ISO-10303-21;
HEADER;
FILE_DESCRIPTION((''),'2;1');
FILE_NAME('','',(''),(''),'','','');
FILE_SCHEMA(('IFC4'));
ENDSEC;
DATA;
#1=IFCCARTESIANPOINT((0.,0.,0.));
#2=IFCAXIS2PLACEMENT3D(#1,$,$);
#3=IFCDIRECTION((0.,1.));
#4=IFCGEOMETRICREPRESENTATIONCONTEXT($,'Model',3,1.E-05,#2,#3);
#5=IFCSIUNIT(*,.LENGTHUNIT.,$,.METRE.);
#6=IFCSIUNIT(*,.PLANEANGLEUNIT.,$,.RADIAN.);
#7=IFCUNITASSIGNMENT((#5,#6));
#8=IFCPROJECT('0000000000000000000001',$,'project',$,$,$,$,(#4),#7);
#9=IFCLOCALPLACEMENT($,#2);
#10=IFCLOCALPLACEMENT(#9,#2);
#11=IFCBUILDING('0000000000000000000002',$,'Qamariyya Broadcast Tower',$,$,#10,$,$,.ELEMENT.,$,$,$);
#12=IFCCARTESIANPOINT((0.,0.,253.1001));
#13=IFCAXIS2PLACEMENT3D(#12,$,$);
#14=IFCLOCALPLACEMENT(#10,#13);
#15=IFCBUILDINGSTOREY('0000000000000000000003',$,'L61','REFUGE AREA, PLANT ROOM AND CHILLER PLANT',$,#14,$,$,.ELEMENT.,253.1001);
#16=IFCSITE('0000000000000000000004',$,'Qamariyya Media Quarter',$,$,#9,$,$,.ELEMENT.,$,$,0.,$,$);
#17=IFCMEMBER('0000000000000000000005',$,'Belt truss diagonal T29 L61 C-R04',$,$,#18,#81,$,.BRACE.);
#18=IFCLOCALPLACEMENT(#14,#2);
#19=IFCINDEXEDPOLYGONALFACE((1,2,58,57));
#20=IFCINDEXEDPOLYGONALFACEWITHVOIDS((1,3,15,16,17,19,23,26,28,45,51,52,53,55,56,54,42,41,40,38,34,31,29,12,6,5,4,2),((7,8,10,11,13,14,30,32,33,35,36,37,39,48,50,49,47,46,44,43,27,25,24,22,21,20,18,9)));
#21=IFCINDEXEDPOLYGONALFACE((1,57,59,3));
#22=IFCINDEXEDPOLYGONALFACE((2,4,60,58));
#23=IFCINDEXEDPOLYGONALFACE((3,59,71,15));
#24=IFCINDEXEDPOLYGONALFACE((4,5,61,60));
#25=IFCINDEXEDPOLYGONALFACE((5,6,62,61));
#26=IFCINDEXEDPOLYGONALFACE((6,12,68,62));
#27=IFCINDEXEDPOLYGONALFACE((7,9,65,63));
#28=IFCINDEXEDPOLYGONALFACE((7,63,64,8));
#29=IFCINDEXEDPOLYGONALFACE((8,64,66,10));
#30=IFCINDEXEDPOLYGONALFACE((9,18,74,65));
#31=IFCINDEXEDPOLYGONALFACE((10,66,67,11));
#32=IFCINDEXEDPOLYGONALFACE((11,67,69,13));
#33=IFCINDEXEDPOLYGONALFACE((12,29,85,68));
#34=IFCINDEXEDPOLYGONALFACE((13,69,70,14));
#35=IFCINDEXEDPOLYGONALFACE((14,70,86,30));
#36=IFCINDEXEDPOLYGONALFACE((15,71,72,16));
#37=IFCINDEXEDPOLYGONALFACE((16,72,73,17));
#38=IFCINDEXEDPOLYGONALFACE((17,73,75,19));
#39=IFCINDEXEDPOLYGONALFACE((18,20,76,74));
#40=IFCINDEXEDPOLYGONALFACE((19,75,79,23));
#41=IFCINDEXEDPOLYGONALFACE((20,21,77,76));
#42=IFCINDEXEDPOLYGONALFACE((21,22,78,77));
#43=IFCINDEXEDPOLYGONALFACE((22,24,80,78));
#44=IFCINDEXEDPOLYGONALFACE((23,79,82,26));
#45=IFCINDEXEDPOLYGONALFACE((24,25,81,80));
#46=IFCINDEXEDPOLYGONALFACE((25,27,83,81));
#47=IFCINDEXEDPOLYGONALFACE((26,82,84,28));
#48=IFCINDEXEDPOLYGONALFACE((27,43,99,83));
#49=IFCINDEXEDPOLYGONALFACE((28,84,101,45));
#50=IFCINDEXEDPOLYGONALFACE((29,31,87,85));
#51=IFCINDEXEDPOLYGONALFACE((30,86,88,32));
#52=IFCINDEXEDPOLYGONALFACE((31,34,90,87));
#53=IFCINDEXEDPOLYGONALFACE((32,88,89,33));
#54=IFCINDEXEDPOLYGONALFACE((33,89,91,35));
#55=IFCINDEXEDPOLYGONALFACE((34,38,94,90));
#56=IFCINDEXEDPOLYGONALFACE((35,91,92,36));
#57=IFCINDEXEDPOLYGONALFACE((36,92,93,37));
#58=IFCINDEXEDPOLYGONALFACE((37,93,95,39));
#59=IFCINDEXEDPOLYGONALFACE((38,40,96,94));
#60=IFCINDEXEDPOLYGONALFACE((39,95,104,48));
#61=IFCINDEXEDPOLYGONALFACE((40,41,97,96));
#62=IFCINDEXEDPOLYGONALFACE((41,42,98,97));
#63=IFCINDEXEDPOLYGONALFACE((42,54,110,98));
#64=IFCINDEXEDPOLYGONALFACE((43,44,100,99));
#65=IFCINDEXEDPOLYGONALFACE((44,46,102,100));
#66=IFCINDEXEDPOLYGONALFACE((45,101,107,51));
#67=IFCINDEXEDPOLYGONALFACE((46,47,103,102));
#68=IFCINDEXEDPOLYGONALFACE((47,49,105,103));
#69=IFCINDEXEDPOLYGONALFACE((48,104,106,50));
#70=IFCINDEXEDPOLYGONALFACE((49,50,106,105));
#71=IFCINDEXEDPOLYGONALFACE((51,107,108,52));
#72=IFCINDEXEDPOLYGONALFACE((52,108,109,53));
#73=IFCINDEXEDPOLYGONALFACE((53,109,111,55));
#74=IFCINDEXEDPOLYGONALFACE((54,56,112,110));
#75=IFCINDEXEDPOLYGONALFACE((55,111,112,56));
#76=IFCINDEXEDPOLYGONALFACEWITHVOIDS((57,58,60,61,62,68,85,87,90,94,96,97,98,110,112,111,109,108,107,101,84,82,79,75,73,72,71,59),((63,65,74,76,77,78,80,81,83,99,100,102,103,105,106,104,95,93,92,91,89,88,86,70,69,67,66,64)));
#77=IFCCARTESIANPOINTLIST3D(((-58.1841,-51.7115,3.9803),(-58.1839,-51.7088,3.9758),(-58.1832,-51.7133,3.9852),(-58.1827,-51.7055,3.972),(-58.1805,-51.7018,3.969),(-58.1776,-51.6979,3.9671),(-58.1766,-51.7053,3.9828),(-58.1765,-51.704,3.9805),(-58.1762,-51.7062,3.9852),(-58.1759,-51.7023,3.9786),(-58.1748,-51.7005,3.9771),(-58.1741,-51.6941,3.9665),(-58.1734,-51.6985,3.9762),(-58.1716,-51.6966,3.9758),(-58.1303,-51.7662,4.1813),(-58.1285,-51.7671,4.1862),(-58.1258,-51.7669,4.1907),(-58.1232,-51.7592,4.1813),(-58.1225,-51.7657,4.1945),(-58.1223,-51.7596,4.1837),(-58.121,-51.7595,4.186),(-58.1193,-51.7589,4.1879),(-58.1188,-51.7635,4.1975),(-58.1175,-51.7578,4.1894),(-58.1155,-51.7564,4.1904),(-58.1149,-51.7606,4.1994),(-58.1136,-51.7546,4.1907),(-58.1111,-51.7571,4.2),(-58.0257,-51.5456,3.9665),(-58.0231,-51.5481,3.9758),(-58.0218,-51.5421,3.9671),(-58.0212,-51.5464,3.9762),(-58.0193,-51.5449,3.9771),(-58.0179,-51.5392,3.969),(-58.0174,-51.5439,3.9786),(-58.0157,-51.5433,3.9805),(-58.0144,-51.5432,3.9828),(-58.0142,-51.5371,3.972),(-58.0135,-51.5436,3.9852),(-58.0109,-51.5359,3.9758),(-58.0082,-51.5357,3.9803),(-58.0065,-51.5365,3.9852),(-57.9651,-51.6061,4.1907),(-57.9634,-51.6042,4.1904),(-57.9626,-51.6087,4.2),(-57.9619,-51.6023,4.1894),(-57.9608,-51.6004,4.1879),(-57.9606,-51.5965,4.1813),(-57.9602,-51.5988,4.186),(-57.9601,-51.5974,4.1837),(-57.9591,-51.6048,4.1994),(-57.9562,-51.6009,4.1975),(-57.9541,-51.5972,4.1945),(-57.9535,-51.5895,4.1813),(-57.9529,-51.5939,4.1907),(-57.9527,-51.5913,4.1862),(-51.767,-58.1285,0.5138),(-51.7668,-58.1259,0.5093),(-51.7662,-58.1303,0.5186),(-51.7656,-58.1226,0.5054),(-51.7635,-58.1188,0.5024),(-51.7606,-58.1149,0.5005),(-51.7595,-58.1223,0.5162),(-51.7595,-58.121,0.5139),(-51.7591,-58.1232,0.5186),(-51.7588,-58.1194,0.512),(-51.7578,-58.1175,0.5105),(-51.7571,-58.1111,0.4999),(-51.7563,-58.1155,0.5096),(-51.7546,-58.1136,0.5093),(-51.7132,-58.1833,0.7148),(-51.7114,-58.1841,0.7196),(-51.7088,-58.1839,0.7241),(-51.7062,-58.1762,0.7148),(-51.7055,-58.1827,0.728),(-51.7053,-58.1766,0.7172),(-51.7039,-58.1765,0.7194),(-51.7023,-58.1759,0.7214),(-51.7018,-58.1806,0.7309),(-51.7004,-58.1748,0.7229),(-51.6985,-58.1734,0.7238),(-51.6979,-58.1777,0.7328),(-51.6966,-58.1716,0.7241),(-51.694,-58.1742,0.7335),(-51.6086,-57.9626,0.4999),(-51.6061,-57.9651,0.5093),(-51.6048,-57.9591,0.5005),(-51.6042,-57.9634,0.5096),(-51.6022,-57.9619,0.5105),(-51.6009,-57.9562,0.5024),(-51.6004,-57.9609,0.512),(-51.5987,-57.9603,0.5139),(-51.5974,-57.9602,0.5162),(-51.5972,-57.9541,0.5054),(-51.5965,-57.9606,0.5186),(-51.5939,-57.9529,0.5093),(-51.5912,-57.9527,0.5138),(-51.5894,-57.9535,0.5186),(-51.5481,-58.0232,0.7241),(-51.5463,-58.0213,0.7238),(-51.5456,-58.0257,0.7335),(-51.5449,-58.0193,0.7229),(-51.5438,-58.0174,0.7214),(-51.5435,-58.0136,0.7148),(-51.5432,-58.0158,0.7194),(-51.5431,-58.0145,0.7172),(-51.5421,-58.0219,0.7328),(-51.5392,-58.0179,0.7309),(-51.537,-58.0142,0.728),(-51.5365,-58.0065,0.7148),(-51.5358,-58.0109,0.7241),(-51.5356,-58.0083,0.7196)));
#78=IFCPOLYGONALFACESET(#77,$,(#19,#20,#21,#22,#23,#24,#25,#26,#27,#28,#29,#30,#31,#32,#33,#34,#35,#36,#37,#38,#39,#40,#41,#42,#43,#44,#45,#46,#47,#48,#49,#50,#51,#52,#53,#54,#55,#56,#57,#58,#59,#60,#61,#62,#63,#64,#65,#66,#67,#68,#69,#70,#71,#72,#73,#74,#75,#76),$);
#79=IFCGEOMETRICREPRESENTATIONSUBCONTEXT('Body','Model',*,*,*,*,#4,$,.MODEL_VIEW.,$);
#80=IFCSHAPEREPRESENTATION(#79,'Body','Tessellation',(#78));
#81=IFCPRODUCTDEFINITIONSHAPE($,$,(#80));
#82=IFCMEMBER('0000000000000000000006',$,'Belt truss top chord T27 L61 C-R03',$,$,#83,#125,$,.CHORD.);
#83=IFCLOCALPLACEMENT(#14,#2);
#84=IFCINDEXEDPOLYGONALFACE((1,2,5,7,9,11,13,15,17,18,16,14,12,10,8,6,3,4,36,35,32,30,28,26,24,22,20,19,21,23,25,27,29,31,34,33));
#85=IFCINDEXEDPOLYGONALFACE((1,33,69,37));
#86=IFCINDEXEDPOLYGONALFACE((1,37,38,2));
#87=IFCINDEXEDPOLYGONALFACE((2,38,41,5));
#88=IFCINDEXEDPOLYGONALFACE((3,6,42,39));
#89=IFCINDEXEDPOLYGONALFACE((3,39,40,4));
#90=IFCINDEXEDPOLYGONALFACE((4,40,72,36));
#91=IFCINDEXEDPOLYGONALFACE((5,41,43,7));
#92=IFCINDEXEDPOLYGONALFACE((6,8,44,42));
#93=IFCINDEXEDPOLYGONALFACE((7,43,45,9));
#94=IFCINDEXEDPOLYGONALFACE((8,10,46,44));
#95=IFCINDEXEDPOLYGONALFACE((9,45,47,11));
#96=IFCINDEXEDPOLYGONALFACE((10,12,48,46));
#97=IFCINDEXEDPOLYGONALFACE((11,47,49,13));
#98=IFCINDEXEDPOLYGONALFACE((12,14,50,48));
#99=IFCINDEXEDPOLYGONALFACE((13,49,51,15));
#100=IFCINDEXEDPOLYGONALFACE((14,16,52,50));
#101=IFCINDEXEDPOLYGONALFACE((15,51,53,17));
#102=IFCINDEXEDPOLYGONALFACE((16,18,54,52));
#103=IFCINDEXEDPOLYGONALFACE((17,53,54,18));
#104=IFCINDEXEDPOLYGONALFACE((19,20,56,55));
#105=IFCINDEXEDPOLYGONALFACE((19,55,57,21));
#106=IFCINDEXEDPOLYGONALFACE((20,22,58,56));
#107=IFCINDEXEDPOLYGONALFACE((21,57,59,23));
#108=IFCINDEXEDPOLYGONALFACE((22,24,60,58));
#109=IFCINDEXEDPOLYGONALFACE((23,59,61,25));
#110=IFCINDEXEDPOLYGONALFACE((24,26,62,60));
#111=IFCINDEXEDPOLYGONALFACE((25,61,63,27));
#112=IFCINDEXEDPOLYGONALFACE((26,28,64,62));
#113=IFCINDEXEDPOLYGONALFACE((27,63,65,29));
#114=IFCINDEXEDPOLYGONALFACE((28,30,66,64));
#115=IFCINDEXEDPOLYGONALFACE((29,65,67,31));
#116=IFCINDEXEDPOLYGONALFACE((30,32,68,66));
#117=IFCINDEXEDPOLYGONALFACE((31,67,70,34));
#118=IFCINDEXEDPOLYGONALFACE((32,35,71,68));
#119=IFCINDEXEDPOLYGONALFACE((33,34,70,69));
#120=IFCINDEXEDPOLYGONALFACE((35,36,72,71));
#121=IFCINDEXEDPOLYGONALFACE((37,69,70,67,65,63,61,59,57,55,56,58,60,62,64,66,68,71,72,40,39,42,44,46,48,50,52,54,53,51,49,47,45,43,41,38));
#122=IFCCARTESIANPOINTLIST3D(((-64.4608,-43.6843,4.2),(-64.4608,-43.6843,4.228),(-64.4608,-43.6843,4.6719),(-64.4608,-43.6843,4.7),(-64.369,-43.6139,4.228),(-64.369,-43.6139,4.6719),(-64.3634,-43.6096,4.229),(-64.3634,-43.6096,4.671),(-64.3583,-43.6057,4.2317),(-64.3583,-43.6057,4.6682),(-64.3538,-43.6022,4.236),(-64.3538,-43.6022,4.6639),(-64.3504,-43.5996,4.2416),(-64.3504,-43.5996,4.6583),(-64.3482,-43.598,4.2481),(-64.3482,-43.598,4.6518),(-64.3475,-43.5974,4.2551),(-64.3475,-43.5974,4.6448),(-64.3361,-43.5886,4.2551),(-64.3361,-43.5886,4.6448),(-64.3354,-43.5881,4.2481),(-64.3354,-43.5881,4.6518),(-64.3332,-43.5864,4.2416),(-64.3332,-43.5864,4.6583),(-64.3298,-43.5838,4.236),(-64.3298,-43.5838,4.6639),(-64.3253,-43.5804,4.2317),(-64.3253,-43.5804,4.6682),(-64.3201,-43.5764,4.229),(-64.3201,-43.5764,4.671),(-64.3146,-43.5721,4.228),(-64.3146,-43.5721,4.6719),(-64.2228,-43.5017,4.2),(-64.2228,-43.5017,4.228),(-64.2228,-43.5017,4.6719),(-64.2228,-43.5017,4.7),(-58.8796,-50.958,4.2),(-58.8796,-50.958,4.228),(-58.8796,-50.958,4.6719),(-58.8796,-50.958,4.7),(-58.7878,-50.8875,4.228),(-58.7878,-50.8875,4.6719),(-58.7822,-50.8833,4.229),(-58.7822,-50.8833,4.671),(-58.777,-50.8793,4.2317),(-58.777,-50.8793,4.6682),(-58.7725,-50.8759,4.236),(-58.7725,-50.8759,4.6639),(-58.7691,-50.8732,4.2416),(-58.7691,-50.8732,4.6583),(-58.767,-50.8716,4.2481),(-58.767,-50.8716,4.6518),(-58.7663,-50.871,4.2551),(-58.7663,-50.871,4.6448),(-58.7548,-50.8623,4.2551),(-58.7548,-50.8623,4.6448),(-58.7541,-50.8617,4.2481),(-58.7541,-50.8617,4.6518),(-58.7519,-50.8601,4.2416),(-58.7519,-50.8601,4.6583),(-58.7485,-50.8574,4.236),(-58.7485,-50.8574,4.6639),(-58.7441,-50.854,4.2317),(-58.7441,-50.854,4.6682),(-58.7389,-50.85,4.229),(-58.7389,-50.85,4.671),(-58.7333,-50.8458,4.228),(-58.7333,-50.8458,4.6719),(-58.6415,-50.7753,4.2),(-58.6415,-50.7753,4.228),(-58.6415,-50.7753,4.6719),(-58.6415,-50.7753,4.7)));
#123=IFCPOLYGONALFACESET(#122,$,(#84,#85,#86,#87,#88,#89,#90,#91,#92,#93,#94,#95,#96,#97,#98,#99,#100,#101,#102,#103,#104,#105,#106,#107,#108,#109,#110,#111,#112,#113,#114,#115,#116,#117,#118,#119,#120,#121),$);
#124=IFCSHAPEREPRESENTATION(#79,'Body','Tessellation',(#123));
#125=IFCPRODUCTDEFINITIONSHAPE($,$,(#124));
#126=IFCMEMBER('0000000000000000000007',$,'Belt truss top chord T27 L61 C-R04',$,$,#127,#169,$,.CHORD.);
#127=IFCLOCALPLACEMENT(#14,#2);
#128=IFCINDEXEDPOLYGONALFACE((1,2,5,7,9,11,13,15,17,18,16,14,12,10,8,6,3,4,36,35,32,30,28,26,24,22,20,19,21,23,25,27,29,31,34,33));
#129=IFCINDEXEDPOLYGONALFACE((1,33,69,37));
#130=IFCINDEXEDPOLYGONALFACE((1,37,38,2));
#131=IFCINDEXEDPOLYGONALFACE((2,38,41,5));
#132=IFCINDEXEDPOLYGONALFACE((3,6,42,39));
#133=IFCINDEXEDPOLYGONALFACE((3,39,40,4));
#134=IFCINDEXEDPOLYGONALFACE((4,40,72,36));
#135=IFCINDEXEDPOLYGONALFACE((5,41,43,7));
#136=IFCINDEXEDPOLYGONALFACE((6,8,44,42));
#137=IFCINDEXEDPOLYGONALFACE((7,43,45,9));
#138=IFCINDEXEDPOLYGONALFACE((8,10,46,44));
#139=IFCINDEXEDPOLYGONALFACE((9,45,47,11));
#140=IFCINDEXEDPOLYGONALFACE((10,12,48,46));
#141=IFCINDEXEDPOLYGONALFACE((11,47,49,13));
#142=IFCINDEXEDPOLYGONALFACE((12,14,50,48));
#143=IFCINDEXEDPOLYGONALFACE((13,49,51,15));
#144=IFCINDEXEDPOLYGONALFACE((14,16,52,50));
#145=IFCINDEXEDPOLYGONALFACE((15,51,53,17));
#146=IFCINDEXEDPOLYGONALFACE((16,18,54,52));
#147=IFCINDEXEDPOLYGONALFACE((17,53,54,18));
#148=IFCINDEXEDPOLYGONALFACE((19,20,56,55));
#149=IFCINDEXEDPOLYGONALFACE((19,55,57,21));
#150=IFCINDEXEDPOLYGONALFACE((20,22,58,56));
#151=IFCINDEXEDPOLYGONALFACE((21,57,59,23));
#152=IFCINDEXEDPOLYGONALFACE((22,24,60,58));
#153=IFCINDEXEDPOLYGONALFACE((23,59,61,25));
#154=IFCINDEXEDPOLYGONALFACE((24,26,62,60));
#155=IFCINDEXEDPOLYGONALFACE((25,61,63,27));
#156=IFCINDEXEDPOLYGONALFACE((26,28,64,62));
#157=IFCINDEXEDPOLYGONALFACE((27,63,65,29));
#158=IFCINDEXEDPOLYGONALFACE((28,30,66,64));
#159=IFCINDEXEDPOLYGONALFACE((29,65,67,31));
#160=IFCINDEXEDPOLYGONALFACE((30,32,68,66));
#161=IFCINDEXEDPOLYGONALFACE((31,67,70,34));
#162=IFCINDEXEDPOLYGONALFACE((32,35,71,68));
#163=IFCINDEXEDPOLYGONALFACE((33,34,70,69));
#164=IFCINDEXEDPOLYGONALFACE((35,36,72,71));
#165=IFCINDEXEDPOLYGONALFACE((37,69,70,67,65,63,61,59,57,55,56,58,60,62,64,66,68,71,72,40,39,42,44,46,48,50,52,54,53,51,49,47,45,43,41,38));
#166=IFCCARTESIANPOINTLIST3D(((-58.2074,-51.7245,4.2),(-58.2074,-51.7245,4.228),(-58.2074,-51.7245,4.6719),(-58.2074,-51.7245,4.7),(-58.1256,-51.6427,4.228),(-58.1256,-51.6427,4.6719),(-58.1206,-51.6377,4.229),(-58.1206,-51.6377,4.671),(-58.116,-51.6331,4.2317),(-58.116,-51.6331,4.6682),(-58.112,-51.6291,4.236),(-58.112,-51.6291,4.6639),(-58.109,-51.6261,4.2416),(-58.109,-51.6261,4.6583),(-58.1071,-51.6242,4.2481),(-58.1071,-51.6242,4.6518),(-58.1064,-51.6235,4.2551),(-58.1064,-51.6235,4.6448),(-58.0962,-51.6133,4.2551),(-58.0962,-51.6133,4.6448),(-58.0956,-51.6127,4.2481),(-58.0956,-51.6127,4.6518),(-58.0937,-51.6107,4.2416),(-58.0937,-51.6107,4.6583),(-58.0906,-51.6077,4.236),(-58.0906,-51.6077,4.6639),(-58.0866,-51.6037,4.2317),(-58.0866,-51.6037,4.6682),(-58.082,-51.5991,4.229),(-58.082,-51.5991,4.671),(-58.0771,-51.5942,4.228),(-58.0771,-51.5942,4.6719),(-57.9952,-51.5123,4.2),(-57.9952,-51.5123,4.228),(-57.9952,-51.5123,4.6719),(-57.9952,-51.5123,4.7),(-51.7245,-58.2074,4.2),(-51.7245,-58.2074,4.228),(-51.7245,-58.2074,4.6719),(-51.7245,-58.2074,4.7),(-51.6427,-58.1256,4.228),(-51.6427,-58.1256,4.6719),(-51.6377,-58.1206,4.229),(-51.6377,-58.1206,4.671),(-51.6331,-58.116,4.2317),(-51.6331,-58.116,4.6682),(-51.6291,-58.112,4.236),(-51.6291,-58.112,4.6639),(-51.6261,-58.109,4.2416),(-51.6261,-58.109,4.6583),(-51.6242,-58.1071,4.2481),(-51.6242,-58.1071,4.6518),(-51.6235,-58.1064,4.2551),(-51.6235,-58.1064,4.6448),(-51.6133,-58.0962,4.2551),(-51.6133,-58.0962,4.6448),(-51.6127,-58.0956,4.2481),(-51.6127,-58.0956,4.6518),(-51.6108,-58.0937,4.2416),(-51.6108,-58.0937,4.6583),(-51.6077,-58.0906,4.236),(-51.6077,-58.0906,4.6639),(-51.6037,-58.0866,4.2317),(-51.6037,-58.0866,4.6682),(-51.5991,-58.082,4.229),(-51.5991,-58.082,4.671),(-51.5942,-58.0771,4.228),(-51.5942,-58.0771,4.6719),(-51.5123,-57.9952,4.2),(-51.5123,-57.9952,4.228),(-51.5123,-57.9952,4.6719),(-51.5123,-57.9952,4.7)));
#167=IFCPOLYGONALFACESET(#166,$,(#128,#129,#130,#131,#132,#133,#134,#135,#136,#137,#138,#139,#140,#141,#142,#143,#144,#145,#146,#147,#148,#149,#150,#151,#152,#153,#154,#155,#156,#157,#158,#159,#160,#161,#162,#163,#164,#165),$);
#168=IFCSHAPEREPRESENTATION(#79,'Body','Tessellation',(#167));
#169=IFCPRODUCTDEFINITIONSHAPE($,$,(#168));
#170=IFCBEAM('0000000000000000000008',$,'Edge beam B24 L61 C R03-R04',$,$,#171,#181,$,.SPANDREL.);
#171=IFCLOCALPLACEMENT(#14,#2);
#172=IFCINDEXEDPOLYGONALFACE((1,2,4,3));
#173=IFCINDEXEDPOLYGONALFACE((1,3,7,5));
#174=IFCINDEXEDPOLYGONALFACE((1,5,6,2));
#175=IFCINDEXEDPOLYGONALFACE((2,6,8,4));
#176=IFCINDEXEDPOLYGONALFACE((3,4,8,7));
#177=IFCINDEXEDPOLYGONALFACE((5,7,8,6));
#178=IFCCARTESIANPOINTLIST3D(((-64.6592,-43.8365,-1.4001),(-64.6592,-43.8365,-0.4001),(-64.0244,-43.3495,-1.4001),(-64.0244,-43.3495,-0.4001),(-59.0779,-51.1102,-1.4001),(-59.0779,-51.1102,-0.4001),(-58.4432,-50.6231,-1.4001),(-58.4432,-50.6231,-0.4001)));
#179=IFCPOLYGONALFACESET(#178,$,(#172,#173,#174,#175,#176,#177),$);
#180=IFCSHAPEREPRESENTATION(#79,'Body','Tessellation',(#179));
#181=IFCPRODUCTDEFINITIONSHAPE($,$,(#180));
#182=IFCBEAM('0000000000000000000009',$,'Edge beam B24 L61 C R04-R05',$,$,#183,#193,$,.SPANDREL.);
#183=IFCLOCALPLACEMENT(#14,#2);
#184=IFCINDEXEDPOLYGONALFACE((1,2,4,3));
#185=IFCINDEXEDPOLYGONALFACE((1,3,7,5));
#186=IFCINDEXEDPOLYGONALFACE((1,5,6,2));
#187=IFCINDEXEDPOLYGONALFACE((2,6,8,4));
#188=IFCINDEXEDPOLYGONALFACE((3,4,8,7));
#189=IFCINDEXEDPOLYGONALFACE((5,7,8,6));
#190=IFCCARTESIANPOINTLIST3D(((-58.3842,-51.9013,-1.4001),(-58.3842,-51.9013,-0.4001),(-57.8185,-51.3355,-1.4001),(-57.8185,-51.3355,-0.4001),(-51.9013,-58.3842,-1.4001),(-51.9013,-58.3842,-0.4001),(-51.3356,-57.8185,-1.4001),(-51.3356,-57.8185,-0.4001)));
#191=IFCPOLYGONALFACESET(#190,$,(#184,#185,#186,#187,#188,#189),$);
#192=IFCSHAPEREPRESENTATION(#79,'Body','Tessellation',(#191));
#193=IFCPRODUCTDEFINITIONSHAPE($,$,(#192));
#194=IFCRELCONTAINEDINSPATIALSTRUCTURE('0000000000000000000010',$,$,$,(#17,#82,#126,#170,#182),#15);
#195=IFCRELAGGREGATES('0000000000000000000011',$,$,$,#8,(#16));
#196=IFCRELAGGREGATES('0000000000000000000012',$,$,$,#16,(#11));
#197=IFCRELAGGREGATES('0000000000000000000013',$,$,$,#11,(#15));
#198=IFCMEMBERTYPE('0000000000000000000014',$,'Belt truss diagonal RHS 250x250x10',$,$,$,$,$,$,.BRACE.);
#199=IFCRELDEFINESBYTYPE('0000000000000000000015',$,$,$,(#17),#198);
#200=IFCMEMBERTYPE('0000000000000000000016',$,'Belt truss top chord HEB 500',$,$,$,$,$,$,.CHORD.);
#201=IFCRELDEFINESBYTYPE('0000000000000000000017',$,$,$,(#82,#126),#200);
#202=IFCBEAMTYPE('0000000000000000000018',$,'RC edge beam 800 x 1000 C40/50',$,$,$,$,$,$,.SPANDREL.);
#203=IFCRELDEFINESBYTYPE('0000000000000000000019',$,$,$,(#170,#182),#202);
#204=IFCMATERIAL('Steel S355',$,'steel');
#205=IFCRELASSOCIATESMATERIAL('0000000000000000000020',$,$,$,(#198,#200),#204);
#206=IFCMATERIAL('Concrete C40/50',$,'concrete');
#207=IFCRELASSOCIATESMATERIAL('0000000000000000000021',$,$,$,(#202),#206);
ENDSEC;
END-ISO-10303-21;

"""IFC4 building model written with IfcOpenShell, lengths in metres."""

from ifc_helpers import new_model, si_unit, direction, frame, origin, origin_2d, place, context, subcontext, project, spatial, rectangle, hollow_rectangle, i_section, extrude, material, material_profile, profile_set, type_object, element, save


model = new_model("IFC4")

# Units and contexts
model_context = context("Model", 3, precision=1e-05, world=origin(), true_north=direction((0.0, 1.0)))
body_context = subcontext(model_context, "Body", "Model", "MODEL_VIEW")
ifc_project = project(units=[si_unit("LENGTHUNIT", "METRE"), si_unit("PLANEANGLEUNIT", "RADIAN")], contexts=[model_context])

# Site, building, storey
site_placement = place(None, origin())
site = spatial("IfcSite", under=ifc_project, at=site_placement, Name="Qamariyya Media Quarter", CompositionType="ELEMENT", RefElevation=0.0)
building_placement = place(site_placement, origin())
building = spatial("IfcBuilding", under=site, at=building_placement, Name="Qamariyya Broadcast Tower", CompositionType="ELEMENT")
storey_placement = place(building_placement, frame((0.0, 0.0, 253.1001)))
storey = spatial("IfcBuildingStorey", under=building, at=storey_placement, Name="L61", Description="REFUGE AREA, PLANT ROOM AND CHILLER PLANT", CompositionType="ELEMENT", Elevation=253.1001)

# Members
ifc_material_1 = material(Name="Steel S355", Category="steel")
ifc_material_profile_1 = material_profile(ifc_material_1, hollow_rectangle(XDim=0.25, YDim=0.25, WallThickness=0.01, InnerFilletRadius=0.01, OuterFilletRadius=0.02, at=origin_2d()))
ifc_profile_set_1 = profile_set([ifc_material_profile_1], Name="Steel S355")
member_type_1 = type_object("IfcMemberType", Name="Belt truss diagonal RHS 250x250x10", PredefinedType="BRACE", material=ifc_profile_set_1)
member_1_placement = place(storey_placement, frame((-58.0684, -51.6514, 4.0833), z_axis=(0.660554, -0.660554, -0.356841), x_axis=(0.707107, 0.707107, 0.0)))
element("IfcMember", 1, at=member_1_placement, inside=storey, type_object=member_type_1, Name="Belt truss diagonal T29 L61 C-R04", PredefinedType="BRACE", context=body_context, shape_type="SweptSolid", body=[
    extrude(hollow_rectangle(XDim=0.25, YDim=0.25, WallThickness=0.01, InnerFilletRadius=0.01, OuterFilletRadius=0.02, at=origin_2d()), origin(), (0.0, 0.0, 1.0), 9.7146),
])
ifc_material_profile_2 = material_profile(ifc_material_1, i_section(OverallWidth=0.3, OverallDepth=0.5, WebThickness=0.0144, FlangeThickness=0.0281, FilletRadius=0.0271, at=origin_2d()))
ifc_profile_set_2 = profile_set([ifc_material_profile_2], Name="Steel S355")
member_type_2 = type_object("IfcMemberType", Name="Belt truss top chord HEB 500", PredefinedType="CHORD", material=ifc_profile_set_2)
for number, where, z_axis, x_axis, name in (
    (2, (-64.3418, -43.593, 4.45), (0.608762, -0.793353, 0.0), (0.793353, 0.608762, 0.0), "Belt truss top chord T27 L61 C-R03"),
    (3, (-58.1013, -51.6184, 4.45), (0.707107, -0.707107, 0.0), (0.707107, 0.707107, 0.0), "Belt truss top chord T27 L61 C-R04"),
):
    element("IfcMember", number, at=place(storey_placement, frame(where, z_axis=z_axis, x_axis=x_axis)), inside=storey, type_object=member_type_2, Name=name, PredefinedType="CHORD", context=body_context, shape_type="SweptSolid", body=[
        extrude(i_section(OverallWidth=0.3, OverallDepth=0.5, WebThickness=0.0144, FlangeThickness=0.0281, FilletRadius=0.0271, at=origin_2d()), origin(), (0.0, 0.0, 1.0), 9.1682),
    ])

# Beams
ifc_material_2 = material(Name="Concrete C40/50", Category="concrete")
ifc_material_profile_3 = material_profile(ifc_material_2, rectangle(XDim=0.8, YDim=1.0, at=origin_2d()))
ifc_profile_set_3 = profile_set([ifc_material_profile_3], Name="Concrete C40/50")
beam_type_1 = type_object("IfcBeamType", Name="RC edge beam 800 x 1000 C40/50", PredefinedType="SPANDREL", material=ifc_profile_set_3)
for number, where, z_axis, x_axis, name in (
    (4, (-64.3418, -43.593, -0.9001), (0.608762, -0.793353, 0.0), (0.793353, 0.608762, 0.0), "Edge beam B24 L61 C R03-R04"),
    (5, (-58.1013, -51.6184, -0.9001), (0.707107, -0.707107, 0.0), (0.707107, 0.707107, 0.0), "Edge beam B24 L61 C R04-R05"),
):
    element("IfcBeam", number, at=place(storey_placement, frame(where, z_axis=z_axis, x_axis=x_axis)), inside=storey, type_object=beam_type_1, Name=name, PredefinedType="SPANDREL", context=body_context, shape_type="SweptSolid", body=[
        extrude(rectangle(XDim=0.8, YDim=1.0, at=origin_2d()), origin(), (0.0, 0.0, 1.0), 9.1682),
    ])

save(model, "model.ifc")
